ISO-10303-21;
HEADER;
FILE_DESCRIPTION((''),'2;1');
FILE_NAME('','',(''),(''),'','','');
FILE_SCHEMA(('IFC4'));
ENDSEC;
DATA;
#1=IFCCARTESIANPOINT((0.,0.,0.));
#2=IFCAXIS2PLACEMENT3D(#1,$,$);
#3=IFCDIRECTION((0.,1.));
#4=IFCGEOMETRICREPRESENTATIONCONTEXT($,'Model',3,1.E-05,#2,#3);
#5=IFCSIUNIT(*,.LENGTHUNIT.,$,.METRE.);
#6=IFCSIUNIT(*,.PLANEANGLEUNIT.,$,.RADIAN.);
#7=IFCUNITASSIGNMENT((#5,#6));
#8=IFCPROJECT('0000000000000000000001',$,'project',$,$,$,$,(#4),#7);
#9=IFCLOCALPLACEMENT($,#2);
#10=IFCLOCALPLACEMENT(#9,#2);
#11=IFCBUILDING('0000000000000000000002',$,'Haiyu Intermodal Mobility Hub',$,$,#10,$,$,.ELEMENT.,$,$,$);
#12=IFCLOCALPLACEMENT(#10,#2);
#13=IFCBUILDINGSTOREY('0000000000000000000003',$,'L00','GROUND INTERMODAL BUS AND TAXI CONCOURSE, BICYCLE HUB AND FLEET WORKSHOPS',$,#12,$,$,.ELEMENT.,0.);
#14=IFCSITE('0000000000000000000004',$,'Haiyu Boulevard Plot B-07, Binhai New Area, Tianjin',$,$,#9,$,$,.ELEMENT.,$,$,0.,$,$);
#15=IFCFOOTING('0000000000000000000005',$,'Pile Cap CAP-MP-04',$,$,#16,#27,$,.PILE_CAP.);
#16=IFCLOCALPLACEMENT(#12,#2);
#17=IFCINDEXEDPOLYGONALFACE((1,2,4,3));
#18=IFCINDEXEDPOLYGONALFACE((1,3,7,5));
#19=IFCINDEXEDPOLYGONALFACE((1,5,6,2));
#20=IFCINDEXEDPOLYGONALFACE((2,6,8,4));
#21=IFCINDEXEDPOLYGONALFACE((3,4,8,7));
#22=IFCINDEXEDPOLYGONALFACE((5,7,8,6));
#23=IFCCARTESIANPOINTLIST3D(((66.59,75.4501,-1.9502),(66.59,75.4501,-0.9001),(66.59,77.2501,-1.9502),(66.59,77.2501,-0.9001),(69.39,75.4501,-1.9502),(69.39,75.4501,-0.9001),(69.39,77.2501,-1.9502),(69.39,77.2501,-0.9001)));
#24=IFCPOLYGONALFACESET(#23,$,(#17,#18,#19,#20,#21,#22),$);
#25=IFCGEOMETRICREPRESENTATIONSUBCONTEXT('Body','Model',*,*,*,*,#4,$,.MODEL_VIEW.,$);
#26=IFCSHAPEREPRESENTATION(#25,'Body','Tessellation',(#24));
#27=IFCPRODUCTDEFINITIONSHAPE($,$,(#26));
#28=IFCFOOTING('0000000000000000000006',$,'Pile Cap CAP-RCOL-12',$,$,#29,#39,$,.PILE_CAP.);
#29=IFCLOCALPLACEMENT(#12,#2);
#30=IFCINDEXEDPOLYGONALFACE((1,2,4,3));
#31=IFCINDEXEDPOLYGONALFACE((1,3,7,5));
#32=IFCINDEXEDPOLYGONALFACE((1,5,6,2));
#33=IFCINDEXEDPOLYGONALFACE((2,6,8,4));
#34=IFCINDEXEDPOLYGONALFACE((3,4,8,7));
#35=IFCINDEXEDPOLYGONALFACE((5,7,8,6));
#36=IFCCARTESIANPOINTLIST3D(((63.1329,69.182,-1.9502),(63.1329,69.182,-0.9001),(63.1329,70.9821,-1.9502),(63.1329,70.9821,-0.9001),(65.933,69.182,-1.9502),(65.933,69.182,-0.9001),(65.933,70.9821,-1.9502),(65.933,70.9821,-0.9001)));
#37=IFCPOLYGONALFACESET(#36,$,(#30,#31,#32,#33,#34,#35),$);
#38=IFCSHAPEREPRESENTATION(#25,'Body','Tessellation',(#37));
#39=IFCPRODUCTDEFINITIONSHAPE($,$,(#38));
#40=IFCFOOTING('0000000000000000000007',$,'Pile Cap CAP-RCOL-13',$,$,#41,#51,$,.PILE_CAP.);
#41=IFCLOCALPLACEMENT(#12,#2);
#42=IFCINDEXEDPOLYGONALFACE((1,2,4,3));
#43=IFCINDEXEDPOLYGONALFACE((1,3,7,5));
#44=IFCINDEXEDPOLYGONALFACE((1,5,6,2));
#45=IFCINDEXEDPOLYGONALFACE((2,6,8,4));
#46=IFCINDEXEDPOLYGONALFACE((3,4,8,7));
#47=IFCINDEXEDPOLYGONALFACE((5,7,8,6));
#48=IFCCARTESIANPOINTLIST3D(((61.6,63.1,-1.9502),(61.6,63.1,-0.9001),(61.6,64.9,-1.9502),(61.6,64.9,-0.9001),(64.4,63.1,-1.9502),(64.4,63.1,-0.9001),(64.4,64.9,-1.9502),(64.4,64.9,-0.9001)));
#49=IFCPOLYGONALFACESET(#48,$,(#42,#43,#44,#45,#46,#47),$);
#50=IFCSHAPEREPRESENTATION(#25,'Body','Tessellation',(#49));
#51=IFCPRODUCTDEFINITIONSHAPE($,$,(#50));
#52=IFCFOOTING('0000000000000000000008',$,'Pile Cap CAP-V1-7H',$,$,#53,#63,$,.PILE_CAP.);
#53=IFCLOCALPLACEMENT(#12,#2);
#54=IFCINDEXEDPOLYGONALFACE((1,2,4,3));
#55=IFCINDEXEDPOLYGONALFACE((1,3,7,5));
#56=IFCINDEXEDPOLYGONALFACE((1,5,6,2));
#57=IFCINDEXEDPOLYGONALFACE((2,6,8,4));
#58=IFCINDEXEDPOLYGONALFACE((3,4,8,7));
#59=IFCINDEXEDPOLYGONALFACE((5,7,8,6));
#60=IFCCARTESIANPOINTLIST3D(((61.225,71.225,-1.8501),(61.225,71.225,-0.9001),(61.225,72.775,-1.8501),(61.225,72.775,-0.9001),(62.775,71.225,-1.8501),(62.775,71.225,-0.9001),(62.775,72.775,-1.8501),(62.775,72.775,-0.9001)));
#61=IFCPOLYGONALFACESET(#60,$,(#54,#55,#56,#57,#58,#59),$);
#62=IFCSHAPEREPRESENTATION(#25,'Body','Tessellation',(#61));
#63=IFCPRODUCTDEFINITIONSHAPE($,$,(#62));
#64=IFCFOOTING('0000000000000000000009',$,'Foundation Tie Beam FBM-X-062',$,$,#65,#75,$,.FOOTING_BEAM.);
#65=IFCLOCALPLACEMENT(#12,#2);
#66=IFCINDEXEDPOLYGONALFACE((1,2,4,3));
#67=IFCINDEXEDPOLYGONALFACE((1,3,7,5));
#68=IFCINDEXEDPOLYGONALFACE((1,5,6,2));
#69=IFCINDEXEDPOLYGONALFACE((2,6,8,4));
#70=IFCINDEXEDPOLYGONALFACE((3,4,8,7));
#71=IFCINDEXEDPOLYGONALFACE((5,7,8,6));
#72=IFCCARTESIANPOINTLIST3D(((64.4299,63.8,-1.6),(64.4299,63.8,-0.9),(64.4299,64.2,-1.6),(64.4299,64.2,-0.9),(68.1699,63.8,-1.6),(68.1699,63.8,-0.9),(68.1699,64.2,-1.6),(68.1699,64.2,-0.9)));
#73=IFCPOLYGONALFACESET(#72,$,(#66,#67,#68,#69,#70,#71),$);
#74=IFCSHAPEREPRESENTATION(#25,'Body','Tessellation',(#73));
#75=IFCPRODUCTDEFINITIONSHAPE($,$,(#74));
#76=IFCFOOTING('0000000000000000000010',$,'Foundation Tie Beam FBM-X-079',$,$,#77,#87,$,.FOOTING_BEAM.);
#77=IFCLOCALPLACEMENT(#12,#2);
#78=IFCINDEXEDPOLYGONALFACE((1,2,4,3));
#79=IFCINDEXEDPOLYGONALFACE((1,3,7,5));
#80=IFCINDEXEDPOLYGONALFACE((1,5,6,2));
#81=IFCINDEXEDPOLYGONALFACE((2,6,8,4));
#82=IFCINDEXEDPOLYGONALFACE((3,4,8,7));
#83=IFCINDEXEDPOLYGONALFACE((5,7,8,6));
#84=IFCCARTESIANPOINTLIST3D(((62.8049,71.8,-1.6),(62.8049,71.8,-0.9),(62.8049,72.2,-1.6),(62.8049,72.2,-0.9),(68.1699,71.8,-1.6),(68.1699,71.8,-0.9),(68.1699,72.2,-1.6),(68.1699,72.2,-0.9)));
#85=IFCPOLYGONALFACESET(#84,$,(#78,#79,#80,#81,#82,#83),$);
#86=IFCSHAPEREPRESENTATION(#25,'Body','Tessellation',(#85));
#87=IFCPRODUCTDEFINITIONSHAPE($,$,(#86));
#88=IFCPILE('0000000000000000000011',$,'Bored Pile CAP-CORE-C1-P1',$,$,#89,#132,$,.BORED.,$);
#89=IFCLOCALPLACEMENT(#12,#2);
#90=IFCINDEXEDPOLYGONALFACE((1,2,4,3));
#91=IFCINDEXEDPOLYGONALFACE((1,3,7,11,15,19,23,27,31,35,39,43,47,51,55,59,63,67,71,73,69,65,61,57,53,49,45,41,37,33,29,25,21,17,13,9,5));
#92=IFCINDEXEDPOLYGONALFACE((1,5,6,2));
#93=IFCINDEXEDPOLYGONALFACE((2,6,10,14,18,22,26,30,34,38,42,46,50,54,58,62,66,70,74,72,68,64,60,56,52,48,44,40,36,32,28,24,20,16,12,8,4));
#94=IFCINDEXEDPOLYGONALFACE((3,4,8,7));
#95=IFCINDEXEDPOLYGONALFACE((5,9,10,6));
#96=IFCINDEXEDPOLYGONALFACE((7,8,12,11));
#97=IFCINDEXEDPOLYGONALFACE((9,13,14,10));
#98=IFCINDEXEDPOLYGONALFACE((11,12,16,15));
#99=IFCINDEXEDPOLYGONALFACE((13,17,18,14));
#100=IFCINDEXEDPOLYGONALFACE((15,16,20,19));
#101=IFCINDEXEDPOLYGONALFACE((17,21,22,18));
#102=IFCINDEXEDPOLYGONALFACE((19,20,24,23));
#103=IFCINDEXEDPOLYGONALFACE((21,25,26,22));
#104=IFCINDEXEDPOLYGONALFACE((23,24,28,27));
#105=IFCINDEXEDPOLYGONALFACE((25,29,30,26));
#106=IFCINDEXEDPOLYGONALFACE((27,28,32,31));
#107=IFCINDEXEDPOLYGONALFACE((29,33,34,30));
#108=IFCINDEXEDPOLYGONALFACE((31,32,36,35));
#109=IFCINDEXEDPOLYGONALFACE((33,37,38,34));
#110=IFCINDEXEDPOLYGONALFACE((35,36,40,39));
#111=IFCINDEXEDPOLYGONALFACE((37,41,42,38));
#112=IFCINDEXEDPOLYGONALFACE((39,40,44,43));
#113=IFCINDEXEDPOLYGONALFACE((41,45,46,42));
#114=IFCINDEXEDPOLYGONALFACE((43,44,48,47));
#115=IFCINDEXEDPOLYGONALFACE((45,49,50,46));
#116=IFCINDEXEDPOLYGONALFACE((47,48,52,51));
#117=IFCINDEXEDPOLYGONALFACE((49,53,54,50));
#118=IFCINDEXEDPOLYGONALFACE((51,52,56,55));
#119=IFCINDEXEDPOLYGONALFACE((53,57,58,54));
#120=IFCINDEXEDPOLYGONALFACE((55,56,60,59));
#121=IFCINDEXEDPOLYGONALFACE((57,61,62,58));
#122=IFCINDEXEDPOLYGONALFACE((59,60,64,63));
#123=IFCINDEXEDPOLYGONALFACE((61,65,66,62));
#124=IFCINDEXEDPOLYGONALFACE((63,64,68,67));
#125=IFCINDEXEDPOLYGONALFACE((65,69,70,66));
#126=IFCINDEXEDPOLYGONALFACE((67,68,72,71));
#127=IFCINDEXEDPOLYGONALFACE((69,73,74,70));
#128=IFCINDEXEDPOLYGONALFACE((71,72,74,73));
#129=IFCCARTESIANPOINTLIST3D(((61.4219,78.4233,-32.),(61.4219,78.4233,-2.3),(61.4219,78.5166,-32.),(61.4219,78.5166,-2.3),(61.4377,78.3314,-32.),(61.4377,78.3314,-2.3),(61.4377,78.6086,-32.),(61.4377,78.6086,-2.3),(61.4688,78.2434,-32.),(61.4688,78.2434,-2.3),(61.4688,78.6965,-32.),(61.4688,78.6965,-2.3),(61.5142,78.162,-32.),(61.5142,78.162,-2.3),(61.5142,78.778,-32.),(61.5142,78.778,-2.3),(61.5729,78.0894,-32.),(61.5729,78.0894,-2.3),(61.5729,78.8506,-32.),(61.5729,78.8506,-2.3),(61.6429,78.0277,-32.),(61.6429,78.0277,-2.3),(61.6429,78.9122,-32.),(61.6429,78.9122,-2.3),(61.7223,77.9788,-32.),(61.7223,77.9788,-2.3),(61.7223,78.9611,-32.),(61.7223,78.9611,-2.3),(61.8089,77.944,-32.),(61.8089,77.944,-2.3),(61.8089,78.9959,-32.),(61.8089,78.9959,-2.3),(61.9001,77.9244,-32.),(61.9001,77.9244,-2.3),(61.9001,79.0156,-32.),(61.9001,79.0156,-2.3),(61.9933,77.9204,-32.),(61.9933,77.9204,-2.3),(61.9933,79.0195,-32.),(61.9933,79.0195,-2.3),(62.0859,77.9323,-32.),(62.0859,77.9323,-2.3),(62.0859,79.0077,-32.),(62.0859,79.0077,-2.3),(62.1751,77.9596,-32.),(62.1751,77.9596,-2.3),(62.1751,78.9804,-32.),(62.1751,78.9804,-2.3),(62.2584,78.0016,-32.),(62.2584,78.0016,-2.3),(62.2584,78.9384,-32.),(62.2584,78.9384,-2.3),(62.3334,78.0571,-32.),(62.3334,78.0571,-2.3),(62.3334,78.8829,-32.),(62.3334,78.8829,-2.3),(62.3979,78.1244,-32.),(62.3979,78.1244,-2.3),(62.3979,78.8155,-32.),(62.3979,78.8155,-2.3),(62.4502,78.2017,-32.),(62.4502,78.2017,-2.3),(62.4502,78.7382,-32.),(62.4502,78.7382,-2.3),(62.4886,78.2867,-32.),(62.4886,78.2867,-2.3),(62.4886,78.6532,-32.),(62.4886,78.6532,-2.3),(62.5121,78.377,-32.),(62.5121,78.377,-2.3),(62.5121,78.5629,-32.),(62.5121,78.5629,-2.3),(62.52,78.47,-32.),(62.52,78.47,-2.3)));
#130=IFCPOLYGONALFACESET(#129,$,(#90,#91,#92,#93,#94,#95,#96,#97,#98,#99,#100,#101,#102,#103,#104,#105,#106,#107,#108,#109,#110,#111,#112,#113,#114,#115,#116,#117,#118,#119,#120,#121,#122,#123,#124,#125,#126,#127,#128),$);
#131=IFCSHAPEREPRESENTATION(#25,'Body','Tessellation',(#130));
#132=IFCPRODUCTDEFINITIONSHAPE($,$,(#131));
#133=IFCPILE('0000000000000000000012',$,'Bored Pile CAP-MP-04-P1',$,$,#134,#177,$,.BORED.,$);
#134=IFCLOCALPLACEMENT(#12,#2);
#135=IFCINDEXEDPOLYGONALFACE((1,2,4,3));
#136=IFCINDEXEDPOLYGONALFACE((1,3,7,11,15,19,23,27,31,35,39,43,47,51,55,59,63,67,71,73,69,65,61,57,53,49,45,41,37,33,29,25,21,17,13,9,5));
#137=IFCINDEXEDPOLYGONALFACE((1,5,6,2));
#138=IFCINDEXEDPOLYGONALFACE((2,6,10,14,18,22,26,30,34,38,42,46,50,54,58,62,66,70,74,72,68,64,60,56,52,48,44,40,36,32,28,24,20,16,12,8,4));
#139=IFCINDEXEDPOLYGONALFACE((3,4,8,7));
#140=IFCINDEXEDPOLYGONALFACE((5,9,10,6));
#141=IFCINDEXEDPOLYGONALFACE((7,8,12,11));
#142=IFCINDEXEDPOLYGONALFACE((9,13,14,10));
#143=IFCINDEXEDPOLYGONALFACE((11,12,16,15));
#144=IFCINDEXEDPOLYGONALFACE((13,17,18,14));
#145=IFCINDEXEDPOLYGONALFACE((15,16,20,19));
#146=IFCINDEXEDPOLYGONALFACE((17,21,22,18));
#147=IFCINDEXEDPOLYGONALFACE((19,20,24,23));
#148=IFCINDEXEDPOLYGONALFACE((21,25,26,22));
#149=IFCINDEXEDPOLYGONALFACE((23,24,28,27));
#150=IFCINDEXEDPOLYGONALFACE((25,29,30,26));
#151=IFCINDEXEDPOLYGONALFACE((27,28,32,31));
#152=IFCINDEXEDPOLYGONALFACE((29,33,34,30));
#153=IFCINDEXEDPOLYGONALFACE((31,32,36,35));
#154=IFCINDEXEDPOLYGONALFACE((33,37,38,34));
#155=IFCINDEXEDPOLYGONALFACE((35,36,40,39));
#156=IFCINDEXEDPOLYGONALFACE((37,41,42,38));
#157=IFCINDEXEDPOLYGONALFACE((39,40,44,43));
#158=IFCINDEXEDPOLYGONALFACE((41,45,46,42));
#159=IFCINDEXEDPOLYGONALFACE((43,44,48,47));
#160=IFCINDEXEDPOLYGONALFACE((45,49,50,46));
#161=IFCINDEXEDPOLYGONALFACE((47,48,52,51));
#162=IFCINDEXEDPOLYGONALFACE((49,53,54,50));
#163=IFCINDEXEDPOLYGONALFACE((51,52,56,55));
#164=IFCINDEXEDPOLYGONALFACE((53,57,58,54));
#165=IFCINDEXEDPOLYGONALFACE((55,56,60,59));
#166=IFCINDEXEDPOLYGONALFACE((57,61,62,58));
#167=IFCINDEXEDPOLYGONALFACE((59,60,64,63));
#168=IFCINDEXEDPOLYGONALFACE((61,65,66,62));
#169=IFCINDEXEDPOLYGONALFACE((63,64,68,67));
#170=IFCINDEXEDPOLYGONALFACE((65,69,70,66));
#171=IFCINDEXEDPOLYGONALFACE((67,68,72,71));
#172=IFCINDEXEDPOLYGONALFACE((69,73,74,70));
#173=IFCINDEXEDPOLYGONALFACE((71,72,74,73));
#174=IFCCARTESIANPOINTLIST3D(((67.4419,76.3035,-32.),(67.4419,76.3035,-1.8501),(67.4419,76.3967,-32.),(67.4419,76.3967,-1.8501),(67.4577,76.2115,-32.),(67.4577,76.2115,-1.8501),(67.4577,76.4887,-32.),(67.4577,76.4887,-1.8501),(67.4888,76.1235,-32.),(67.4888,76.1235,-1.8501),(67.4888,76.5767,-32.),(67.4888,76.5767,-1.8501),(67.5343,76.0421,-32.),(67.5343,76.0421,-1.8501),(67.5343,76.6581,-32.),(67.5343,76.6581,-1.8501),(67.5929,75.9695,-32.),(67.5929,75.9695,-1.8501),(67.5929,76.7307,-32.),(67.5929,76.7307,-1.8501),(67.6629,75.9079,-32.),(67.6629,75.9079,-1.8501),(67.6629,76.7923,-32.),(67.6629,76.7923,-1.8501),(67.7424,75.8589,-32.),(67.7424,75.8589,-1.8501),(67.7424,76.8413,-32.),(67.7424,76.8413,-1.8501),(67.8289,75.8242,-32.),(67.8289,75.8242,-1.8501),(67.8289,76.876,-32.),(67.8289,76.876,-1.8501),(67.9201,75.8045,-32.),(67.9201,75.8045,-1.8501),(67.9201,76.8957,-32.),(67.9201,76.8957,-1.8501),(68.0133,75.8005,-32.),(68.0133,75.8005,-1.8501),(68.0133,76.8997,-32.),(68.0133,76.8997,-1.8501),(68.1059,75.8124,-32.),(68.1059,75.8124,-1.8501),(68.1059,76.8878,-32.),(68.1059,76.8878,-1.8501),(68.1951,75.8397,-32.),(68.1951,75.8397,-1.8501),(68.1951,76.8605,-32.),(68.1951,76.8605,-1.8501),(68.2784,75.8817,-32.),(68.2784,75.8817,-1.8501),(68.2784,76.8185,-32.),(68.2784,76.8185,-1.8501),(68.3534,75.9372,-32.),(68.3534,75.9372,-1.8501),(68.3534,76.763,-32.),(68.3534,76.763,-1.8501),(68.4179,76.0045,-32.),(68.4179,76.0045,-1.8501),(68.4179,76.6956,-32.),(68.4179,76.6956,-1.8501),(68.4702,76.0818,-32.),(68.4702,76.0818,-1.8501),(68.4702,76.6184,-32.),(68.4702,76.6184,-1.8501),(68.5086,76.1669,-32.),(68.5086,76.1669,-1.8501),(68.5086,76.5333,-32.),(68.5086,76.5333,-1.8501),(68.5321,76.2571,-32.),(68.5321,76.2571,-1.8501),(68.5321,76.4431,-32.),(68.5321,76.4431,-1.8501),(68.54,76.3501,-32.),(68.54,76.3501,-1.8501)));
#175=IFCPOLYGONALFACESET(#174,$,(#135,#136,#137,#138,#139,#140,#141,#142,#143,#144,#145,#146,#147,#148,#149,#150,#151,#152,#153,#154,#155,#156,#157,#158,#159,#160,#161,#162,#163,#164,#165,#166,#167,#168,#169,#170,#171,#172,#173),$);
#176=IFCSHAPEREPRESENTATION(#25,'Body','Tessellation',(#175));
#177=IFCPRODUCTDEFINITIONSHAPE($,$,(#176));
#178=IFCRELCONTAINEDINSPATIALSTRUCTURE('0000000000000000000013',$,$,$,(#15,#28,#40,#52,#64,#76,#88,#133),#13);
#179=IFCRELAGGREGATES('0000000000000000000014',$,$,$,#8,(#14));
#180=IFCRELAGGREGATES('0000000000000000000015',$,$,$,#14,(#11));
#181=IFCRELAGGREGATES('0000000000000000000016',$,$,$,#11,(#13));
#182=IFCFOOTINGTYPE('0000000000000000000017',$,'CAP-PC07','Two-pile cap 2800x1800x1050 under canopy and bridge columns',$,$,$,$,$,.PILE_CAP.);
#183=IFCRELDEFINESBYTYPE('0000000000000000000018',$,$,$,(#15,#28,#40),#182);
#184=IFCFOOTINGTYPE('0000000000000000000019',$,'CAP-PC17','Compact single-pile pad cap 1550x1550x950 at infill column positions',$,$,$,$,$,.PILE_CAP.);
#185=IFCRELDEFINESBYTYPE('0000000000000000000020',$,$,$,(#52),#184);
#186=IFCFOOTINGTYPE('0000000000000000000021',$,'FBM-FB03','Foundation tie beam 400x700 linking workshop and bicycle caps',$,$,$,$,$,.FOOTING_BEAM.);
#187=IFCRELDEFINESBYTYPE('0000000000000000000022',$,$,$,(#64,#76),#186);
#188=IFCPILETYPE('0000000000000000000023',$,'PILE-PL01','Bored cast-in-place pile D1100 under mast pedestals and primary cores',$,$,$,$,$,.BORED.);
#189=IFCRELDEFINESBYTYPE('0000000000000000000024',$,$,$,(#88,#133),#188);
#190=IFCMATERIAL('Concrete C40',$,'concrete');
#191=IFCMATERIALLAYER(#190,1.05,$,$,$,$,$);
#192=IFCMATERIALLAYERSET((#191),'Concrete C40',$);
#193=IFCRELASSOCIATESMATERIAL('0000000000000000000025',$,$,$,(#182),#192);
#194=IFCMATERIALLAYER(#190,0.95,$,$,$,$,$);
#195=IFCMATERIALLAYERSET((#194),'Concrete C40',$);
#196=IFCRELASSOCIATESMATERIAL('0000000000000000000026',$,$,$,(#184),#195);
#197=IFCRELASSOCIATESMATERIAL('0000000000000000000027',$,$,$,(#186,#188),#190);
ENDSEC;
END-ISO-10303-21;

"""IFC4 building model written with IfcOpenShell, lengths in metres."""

from ifc_helpers import new_model, si_unit, direction, frame, origin, origin_2d, place, context, subcontext, project, spatial, rectangle, circle, extrude, material, layer, layer_set, material_profile, profile_set, type_object, element, save


model = new_model("IFC4")

# Units and contexts
model_context = context("Model", 3, precision=1e-05, world=origin(), true_north=direction((0.0, 1.0)))
body_context = subcontext(model_context, "Body", "Model", "MODEL_VIEW")
ifc_project = project(units=[si_unit("LENGTHUNIT", "METRE"), si_unit("PLANEANGLEUNIT", "RADIAN")], contexts=[model_context])

# Site, building, storey
site_placement = place(None, origin())
site = spatial("IfcSite", under=ifc_project, at=site_placement, Name="Haiyu Boulevard Plot B-07, Binhai New Area, Tianjin", CompositionType="ELEMENT", RefElevation=0.0)
building_placement = place(site_placement, origin())
building = spatial("IfcBuilding", under=site, at=building_placement, Name="Haiyu Intermodal Mobility Hub", CompositionType="ELEMENT")
storey_placement = place(building_placement, origin())
storey = spatial("IfcBuildingStorey", under=building, at=storey_placement, Name="L00", Description="GROUND INTERMODAL BUS AND TAXI CONCOURSE, BICYCLE HUB AND FLEET WORKSHOPS", CompositionType="ELEMENT", Elevation=0.0)

# Footings
ifc_material_1 = material(Name="Concrete C40", Category="concrete")
ifc_layer_1 = layer(ifc_material_1, 1.05)
ifc_layer_set_1 = layer_set([ifc_layer_1], Name="Concrete C40")
footing_type_1 = type_object("IfcFootingType", Name="CAP-PC07", Description="Two-pile cap 2800x1800x1050 under canopy and bridge columns", PredefinedType="PILE_CAP", material=ifc_layer_set_1)
for number, where, z_axis, x_axis, name in (
    (1, (67.99, 76.3501, -1.9502), (0.0, 0.0, 1.0), (1.0, 0.0, 0.0), "Pile Cap CAP-MP-04"),
    (2, (64.533, 70.082, -1.9502), (0.0, 0.0, 1.0), (1.0, 0.0, 0.0), "Pile Cap CAP-RCOL-12"),
    (3, (63.0, 64.0, -1.9502), (0.0, 0.0, 1.0), (1.0, 0.0, 0.0), "Pile Cap CAP-RCOL-13"),
):
    element("IfcFooting", number, at=place(storey_placement, frame(where, z_axis=z_axis, x_axis=x_axis)), inside=storey, type_object=footing_type_1, Name=name, PredefinedType="PILE_CAP", context=body_context, shape_type="SweptSolid", body=[
        extrude(rectangle(XDim=2.8, YDim=1.8, at=origin_2d()), origin(), (0.0, 0.0, 1.0), 1.05),
    ])
ifc_layer_2 = layer(ifc_material_1, 0.95)
ifc_layer_set_2 = layer_set([ifc_layer_2], Name="Concrete C40")
footing_type_2 = type_object("IfcFootingType", Name="CAP-PC17", Description="Compact single-pile pad cap 1550x1550x950 at infill column positions", PredefinedType="PILE_CAP", material=ifc_layer_set_2)
footing_1_placement = place(storey_placement, frame((62.0, 72.0, -1.8501), z_axis=(0.0, 0.0, 1.0), x_axis=(1.0, 0.0, 0.0)))
element("IfcFooting", 4, at=footing_1_placement, inside=storey, type_object=footing_type_2, Name="Pile Cap CAP-V1-7H", PredefinedType="PILE_CAP", context=body_context, shape_type="SweptSolid", body=[
    extrude(rectangle(XDim=1.55, YDim=1.55, at=origin_2d()), origin(), (0.0, 0.0, 1.0), 0.95),
])
ifc_material_profile_1 = material_profile(ifc_material_1, rectangle(XDim=0.3999, YDim=0.7, at=origin_2d()), Name="FB400x700")
ifc_profile_set_1 = profile_set([ifc_material_profile_1], Name="Concrete C40")
footing_type_3 = type_object("IfcFootingType", Name="FBM-FB03", Description="Foundation tie beam 400x700 linking workshop and bicycle caps", PredefinedType="FOOTING_BEAM", material=ifc_profile_set_1)
footing_2_placement = place(storey_placement, frame((64.4299, 64.0, -1.25), z_axis=(1.0, 0.0, 0.0), x_axis=(0.0, 1.0, 0.0)))
element("IfcFooting", 5, at=footing_2_placement, inside=storey, type_object=footing_type_3, Name="Foundation Tie Beam FBM-X-062", PredefinedType="FOOTING_BEAM", context=body_context, shape_type="SweptSolid", body=[
    extrude(rectangle(XDim=0.3999, YDim=0.7, at=origin_2d()), origin(), (0.0, 0.0, 1.0), 3.74),
])
footing_3_placement = place(storey_placement, frame((62.8049, 72.0, -1.25), z_axis=(1.0, 0.0, 0.0), x_axis=(0.0, 1.0, 0.0)))
element("IfcFooting", 6, at=footing_3_placement, inside=storey, type_object=footing_type_3, Name="Foundation Tie Beam FBM-X-079", PredefinedType="FOOTING_BEAM", context=body_context, shape_type="SweptSolid", body=[
    extrude(rectangle(XDim=0.3999, YDim=0.7, at=origin_2d()), origin(), (0.0, 0.0, 1.0), 5.365),
])

# Piles
ifc_material_profile_2 = material_profile(ifc_material_1, circle(Radius=0.55, at=origin_2d()), Name="PILE-D1100")
ifc_profile_set_2 = profile_set([ifc_material_profile_2], Name="Concrete C40")
pile_type_1 = type_object("IfcPileType", Name="PILE-PL01", Description="Bored cast-in-place pile D1100 under mast pedestals and primary cores", PredefinedType="BORED", material=ifc_profile_set_2)
pile_1_placement = place(storey_placement, frame((61.97, 78.47, -2.3), z_axis=(0.0, 0.0, -1.0), x_axis=(1.0, 0.0, 0.0)))
element("IfcPile", 7, at=pile_1_placement, inside=storey, type_object=pile_type_1, Name="Bored Pile CAP-CORE-C1-P1", PredefinedType="BORED", context=body_context, shape_type="SweptSolid", body=[
    extrude(circle(Radius=0.55, at=origin_2d()), origin(), (0.0, 0.0, 1.0), 29.7),
])
pile_2_placement = place(storey_placement, frame((67.99, 76.3501, -1.8501), z_axis=(0.0, 0.0, -1.0), x_axis=(1.0, 0.0, 0.0)))
element("IfcPile", 8, at=pile_2_placement, inside=storey, type_object=pile_type_1, Name="Bored Pile CAP-MP-04-P1", PredefinedType="BORED", context=body_context, shape_type="SweptSolid", body=[
    extrude(circle(Radius=0.55, at=origin_2d()), origin(), (0.0, 0.0, 1.0), 30.1499),
])

save(model, "model.ifc")
